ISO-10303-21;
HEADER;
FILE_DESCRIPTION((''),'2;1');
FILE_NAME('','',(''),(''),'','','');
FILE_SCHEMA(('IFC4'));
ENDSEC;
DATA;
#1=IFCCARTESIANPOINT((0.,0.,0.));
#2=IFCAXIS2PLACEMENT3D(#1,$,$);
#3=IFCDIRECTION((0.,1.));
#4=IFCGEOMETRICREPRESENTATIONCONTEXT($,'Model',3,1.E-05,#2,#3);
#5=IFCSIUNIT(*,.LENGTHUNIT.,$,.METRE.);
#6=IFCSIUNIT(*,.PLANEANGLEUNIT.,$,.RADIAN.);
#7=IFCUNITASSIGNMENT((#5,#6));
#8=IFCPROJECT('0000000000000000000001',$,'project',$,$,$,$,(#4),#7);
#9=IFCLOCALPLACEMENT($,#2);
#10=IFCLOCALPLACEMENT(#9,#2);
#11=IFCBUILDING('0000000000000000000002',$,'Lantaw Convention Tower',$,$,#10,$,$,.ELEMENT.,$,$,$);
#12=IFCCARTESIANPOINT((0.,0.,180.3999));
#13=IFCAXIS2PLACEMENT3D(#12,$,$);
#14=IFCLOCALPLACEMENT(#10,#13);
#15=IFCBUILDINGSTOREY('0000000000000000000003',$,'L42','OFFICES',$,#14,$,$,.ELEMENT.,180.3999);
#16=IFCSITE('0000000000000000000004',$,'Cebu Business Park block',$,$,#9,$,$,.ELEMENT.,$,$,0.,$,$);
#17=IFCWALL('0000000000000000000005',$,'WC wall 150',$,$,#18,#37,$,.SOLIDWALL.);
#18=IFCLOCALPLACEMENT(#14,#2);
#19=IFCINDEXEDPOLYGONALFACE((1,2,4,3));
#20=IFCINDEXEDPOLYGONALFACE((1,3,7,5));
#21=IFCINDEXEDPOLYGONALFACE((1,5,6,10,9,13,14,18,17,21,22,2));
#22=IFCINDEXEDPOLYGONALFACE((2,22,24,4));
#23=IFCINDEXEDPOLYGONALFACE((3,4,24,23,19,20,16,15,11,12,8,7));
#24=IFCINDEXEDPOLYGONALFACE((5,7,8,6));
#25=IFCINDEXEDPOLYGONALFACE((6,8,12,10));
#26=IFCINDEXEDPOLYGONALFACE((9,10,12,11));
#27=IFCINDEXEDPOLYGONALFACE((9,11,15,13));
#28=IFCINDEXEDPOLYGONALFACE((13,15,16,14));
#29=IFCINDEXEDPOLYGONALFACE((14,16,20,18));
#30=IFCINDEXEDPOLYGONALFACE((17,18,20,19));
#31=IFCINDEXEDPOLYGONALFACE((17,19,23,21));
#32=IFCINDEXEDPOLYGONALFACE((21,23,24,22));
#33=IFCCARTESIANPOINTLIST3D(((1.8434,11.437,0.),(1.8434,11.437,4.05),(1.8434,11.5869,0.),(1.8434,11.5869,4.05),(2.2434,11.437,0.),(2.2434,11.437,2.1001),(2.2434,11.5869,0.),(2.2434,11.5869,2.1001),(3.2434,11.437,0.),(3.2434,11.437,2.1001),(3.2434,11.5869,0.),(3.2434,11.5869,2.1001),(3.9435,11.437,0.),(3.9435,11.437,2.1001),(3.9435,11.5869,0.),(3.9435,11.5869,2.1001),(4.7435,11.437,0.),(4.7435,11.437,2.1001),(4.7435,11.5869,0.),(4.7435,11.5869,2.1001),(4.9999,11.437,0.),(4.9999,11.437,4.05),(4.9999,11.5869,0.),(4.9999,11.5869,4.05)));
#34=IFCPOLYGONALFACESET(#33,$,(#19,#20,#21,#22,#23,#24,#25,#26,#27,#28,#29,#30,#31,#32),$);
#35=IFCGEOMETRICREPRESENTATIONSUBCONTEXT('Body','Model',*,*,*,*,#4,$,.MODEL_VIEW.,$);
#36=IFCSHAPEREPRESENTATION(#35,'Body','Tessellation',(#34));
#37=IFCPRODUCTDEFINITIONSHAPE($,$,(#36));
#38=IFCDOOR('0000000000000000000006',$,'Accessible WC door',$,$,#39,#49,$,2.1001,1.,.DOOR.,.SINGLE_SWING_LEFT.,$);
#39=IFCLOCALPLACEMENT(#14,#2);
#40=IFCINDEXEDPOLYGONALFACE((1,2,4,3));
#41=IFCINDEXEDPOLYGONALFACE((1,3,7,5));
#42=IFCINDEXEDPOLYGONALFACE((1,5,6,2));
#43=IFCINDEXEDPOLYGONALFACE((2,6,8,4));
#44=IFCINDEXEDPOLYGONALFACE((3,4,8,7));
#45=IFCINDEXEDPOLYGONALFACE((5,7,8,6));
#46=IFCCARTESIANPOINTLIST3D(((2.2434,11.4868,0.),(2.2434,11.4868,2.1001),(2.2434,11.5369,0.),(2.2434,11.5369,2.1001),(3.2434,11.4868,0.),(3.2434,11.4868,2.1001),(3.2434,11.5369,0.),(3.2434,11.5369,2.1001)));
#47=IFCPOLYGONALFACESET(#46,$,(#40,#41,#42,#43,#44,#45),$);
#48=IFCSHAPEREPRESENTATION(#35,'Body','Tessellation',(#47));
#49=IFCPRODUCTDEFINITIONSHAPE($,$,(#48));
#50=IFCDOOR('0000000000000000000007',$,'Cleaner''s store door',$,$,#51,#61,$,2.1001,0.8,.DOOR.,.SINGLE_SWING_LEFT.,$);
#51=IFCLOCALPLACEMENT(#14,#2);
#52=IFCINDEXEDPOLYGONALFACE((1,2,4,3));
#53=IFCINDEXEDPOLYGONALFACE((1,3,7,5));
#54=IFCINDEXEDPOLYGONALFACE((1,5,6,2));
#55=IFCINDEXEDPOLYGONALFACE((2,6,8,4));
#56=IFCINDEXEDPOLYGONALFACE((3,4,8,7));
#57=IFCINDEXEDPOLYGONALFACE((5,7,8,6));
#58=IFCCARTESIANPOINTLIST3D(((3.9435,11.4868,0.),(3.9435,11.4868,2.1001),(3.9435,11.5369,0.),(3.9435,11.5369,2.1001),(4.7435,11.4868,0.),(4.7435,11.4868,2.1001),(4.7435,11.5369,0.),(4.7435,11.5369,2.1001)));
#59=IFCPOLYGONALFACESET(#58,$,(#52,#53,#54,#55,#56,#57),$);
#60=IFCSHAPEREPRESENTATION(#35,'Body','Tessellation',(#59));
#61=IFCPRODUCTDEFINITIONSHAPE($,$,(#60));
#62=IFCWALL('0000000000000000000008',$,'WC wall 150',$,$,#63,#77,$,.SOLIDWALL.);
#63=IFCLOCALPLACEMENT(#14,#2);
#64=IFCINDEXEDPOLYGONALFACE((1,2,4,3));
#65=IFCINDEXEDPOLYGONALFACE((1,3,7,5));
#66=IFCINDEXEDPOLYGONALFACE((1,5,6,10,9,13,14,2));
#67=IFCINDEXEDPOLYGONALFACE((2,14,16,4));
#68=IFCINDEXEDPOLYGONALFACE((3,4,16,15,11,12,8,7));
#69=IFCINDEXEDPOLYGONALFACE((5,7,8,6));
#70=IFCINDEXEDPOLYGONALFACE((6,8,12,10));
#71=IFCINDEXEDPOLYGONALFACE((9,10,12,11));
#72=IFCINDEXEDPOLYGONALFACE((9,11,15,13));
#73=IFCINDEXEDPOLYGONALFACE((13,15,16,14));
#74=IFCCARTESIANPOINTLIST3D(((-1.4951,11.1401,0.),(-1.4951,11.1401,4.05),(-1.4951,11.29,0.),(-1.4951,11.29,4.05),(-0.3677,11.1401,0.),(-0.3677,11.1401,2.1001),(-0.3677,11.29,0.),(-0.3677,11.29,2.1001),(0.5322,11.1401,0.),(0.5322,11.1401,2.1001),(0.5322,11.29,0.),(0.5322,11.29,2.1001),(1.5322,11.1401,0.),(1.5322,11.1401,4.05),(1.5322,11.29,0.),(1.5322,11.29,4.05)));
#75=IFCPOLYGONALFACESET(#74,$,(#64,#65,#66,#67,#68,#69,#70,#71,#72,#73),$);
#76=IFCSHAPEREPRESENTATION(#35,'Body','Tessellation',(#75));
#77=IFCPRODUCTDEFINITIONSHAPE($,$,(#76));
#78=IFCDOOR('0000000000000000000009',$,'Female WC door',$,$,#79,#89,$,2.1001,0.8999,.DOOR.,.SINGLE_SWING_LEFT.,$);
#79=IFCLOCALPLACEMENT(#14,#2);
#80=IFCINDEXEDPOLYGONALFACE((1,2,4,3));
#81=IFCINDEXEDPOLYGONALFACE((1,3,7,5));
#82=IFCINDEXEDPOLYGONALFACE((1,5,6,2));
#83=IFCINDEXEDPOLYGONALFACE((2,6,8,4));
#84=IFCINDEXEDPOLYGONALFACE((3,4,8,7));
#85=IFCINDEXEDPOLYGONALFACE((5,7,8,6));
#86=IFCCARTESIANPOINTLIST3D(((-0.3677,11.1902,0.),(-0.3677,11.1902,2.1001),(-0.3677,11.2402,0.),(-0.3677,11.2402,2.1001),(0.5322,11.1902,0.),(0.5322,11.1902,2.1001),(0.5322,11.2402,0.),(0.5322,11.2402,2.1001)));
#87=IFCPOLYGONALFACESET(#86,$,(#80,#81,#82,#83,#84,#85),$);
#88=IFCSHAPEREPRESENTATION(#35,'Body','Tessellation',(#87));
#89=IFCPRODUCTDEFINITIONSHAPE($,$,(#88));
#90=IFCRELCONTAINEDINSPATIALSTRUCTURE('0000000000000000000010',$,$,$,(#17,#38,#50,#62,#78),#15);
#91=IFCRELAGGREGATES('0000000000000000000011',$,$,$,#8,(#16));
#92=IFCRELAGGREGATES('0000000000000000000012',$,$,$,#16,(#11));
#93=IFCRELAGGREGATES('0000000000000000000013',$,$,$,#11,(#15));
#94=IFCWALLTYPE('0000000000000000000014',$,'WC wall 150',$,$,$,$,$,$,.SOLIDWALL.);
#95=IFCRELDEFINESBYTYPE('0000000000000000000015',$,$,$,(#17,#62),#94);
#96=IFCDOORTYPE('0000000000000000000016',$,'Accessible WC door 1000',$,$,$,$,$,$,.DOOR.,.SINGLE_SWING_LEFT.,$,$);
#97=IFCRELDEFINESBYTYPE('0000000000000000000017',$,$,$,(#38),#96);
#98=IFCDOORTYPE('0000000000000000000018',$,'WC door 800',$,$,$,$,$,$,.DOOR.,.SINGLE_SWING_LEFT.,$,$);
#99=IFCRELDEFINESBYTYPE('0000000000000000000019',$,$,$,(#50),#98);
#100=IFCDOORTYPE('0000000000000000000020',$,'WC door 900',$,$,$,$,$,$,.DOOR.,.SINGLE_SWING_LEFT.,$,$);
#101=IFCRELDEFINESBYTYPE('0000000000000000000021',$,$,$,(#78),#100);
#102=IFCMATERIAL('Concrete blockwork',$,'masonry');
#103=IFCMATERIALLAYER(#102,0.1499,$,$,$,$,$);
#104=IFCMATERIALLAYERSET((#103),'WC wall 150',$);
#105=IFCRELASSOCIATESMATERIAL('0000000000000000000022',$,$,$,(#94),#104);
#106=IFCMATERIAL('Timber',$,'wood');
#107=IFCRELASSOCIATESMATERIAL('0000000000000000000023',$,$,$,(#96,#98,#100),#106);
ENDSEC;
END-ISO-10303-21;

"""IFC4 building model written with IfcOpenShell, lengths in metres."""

from ifc_helpers import new_model, si_unit, direction, frame, frame_2d, origin, place, context, subcontext, project, spatial, rectangle, extrude, material, layer, layer_set, type_object, element, fill, save


model = new_model("IFC4")

# Units and contexts
model_context = context("Model", 3, precision=1e-05, world=origin(), true_north=direction((0.0, 1.0)))
body_context = subcontext(model_context, "Body", "Model", "MODEL_VIEW")
ifc_project = project(units=[si_unit("LENGTHUNIT", "METRE"), si_unit("PLANEANGLEUNIT", "RADIAN")], contexts=[model_context])

# Site, building, storey
site_placement = place(None, origin())
site = spatial("IfcSite", under=ifc_project, at=site_placement, Name="Cebu Business Park block", CompositionType="ELEMENT", RefElevation=0.0)
building_placement = place(site_placement, origin())
building = spatial("IfcBuilding", under=site, at=building_placement, Name="Lantaw Convention Tower", CompositionType="ELEMENT")
storey_placement = place(building_placement, frame((0.0, 0.0, 180.3999)))
storey = spatial("IfcBuildingStorey", under=building, at=storey_placement, Name="L42", Description="OFFICES", CompositionType="ELEMENT", Elevation=180.3999)

# Shared definitions
ifc_material_1 = material(Name="Concrete blockwork", Category="masonry")
ifc_layer_1 = layer(ifc_material_1, 0.1499)
ifc_layer_set_1 = layer_set([ifc_layer_1], Name="WC wall 150")
wall_type_1 = type_object("IfcWallType", Name="WC wall 150", PredefinedType="SOLIDWALL", material=ifc_layer_set_1)

# Wall, openings, doors
wall_1_placement = place(storey_placement, frame((1.8435, 11.512, 0.0), z_axis=(0.0, 0.0, 1.0), x_axis=(1.0, 0.0, 0.0)))
wall_1 = element("IfcWall", 1, at=wall_1_placement, inside=storey, type_object=wall_type_1, Name="WC wall 150", PredefinedType="SOLIDWALL", context=body_context, shape_type="SweptSolid", body=[
    extrude(rectangle(XDim=3.1565, YDim=0.1499, at=frame_2d((1.5781, 0.0))), origin(), (0.0, 0.0, 1.0), 4.05),
])
opening_1_placement = place(wall_1_placement, frame((0.3999, 0.0, 0.0)))
opening_1 = element("IfcOpeningElement", 2, at=opening_1_placement, cuts=wall_1, PredefinedType="OPENING", context=body_context, shape_type="SweptSolid", body=[
    extrude(rectangle(XDim=1.0, YDim=2.1001, at=frame_2d((0.5, 1.05))), frame((0.0, 0.085, 0.0), z_axis=(0.0, -1.0, 0.0), x_axis=(1.0, 0.0, 0.0)), (0.0, 0.0, 1.0), 0.1699),
])
opening_2_placement = place(wall_1_placement, frame((2.1001, 0.0, 0.0)))
opening_2 = element("IfcOpeningElement", 3, at=opening_2_placement, cuts=wall_1, PredefinedType="OPENING", context=body_context, shape_type="SweptSolid", body=[
    extrude(rectangle(XDim=0.8, YDim=2.1001, at=frame_2d((0.3999, 1.05))), frame((0.0, 0.085, 0.0), z_axis=(0.0, -1.0, 0.0), x_axis=(1.0, 0.0, 0.0)), (0.0, 0.0, 1.0), 0.1699),
])
ifc_material_2 = material(Name="Timber", Category="wood")
door_type_1 = type_object("IfcDoorType", Name="Accessible WC door 1000", OperationType="SINGLE_SWING_LEFT", PredefinedType="DOOR", material=ifc_material_2)
door_1_placement = place(opening_1_placement, origin())
door_1 = element("IfcDoor", 4, at=door_1_placement, inside=storey, type_object=door_type_1, Name="Accessible WC door", OperationType="SINGLE_SWING_LEFT", OverallHeight=2.1001, OverallWidth=1.0, PredefinedType="DOOR", context=body_context, shape_type="SweptSolid", body=[
    extrude(rectangle(XDim=1.0, YDim=2.1001, at=frame_2d((0.5, 1.05))), frame((0.0, 0.0249, 0.0), z_axis=(0.0, -1.0, 0.0), x_axis=(1.0, 0.0, 0.0)), (0.0, 0.0, 1.0), 0.05),
])
fill(opening_1, door_1)
door_type_2 = type_object("IfcDoorType", Name="WC door 800", OperationType="SINGLE_SWING_LEFT", PredefinedType="DOOR", material=ifc_material_2)
door_2_placement = place(opening_2_placement, origin())
door_2 = element("IfcDoor", 5, at=door_2_placement, inside=storey, type_object=door_type_2, Name="Cleaner's store door", OperationType="SINGLE_SWING_LEFT", OverallHeight=2.1001, OverallWidth=0.8, PredefinedType="DOOR", context=body_context, shape_type="SweptSolid", body=[
    extrude(rectangle(XDim=0.8, YDim=2.1001, at=frame_2d((0.3999, 1.05))), frame((0.0, 0.0249, 0.0), z_axis=(0.0, -1.0, 0.0), x_axis=(1.0, 0.0, 0.0)), (0.0, 0.0, 1.0), 0.05),
])
fill(opening_2, door_2)

# Wall, opening, door
wall_2_placement = place(storey_placement, frame((1.5322, 11.2151, 0.0), z_axis=(0.0, 0.0, 1.0), x_axis=(-1.0, 0.0, 0.0)))
wall_2 = element("IfcWall", 6, at=wall_2_placement, inside=storey, type_object=wall_type_1, Name="WC wall 150", PredefinedType="SOLIDWALL", context=body_context, shape_type="SweptSolid", body=[
    extrude(rectangle(XDim=3.0273, YDim=0.1499, at=frame_2d((1.5137, 0.0))), origin(), (0.0, 0.0, 1.0), 4.05),
])
opening_3_placement = place(wall_2_placement, frame((1.0, 0.0, 0.0)))
opening_3 = element("IfcOpeningElement", 7, at=opening_3_placement, cuts=wall_2, PredefinedType="OPENING", context=body_context, shape_type="SweptSolid", body=[
    extrude(rectangle(XDim=0.8999, YDim=2.1001, at=frame_2d((0.45, 1.05))), frame((0.0, 0.085, 0.0), z_axis=(0.0, -1.0, 0.0), x_axis=(1.0, 0.0, 0.0)), (0.0, 0.0, 1.0), 0.1699),
])
door_type_3 = type_object("IfcDoorType", Name="WC door 900", OperationType="SINGLE_SWING_LEFT", PredefinedType="DOOR", material=ifc_material_2)
door_3_placement = place(opening_3_placement, origin())
door_3 = element("IfcDoor", 8, at=door_3_placement, inside=storey, type_object=door_type_3, Name="Female WC door", OperationType="SINGLE_SWING_LEFT", OverallHeight=2.1001, OverallWidth=0.8999, PredefinedType="DOOR", context=body_context, shape_type="SweptSolid", body=[
    extrude(rectangle(XDim=0.8999, YDim=2.1001, at=frame_2d((0.45, 1.05))), frame((0.0, 0.0249, 0.0), z_axis=(0.0, -1.0, 0.0), x_axis=(1.0, 0.0, 0.0)), (0.0, 0.0, 1.0), 0.05),
])
fill(opening_3, door_3)

save(model, "model.ifc")
